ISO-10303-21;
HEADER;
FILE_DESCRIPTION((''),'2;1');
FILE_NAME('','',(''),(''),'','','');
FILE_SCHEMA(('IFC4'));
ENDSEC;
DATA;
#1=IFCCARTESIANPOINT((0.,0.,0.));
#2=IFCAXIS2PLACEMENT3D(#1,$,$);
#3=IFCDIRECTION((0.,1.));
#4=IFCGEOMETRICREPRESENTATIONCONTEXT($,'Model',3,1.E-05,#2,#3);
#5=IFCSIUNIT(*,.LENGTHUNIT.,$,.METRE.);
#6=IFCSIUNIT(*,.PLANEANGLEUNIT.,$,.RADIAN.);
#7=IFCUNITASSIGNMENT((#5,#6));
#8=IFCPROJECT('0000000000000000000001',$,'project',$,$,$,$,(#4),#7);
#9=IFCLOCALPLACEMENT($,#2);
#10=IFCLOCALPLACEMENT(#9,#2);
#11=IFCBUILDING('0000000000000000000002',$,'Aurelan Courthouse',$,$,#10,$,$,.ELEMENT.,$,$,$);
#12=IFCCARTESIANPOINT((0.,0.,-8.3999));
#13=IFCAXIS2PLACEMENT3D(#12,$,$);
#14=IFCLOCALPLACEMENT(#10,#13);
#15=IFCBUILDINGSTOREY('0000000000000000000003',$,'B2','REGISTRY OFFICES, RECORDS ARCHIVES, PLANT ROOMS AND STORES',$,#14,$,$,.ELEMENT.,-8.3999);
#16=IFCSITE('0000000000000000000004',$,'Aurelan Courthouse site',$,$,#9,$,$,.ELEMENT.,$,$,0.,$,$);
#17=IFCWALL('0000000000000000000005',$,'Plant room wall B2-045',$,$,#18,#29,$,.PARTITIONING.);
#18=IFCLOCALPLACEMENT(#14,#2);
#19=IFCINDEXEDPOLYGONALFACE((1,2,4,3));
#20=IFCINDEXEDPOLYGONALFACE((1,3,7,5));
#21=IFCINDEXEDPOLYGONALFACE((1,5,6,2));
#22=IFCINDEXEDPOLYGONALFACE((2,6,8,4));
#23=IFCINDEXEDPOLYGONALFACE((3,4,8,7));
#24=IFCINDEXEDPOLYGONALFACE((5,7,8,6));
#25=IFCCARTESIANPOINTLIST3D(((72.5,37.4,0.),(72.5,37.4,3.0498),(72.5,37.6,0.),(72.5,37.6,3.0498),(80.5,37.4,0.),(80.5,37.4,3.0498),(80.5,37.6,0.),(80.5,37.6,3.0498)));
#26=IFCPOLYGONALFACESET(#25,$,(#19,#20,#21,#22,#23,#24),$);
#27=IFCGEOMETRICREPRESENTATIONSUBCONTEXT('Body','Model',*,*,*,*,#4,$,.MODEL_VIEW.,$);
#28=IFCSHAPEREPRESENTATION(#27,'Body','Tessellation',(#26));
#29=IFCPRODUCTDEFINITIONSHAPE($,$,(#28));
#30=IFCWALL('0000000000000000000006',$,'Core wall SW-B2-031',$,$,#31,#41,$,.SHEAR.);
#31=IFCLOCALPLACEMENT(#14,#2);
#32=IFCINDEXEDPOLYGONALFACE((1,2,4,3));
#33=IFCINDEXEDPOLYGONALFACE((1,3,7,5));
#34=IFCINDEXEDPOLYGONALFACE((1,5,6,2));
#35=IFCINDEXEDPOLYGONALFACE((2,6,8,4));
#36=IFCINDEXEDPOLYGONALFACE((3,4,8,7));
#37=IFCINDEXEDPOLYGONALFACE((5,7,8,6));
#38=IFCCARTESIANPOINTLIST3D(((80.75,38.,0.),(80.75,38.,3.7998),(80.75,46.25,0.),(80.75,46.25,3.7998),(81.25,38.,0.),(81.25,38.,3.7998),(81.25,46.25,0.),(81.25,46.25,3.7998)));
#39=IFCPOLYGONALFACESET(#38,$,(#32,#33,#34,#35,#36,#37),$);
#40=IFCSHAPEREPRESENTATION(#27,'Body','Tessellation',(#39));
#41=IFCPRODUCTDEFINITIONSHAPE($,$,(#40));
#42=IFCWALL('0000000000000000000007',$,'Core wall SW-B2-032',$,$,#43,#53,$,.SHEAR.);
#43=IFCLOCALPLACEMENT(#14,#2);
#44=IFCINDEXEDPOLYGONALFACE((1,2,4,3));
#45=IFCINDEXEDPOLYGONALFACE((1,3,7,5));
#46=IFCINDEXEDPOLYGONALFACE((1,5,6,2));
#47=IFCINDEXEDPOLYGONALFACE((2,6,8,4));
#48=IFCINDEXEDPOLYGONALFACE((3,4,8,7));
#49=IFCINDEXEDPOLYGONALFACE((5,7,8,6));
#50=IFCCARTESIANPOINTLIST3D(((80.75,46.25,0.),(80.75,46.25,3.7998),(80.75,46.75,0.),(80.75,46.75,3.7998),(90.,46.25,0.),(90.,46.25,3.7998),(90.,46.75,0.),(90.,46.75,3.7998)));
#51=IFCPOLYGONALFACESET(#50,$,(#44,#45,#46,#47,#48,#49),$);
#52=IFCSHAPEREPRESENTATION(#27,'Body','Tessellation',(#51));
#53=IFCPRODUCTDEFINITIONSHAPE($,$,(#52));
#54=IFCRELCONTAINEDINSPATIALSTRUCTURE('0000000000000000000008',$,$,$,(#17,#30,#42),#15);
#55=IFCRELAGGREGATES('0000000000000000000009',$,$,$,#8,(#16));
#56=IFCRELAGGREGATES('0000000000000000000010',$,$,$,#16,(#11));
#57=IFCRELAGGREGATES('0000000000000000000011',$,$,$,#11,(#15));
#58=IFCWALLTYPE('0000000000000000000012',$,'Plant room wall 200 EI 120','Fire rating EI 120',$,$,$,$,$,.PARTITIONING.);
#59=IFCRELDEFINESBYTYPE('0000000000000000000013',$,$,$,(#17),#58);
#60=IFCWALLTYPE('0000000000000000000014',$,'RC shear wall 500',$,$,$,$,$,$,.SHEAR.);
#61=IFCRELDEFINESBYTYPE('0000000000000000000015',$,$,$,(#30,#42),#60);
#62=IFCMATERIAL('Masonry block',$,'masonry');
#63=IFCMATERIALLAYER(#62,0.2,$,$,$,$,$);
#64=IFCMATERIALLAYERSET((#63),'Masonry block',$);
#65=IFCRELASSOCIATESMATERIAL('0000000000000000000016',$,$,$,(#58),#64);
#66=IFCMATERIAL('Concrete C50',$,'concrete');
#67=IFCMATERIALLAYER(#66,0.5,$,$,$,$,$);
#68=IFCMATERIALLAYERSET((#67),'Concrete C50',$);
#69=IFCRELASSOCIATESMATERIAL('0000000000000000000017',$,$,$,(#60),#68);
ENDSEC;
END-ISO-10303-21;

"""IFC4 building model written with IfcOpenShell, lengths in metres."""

from ifc_helpers import new_model, si_unit, direction, frame, frame_2d, origin, place, context, subcontext, project, spatial, rectangle, extrude, material, layer, layer_set, type_object, element, save


model = new_model("IFC4")

# Units and contexts
model_context = context("Model", 3, precision=1e-05, world=origin(), true_north=direction((0.0, 1.0)))
body_context = subcontext(model_context, "Body", "Model", "MODEL_VIEW")
ifc_project = project(units=[si_unit("LENGTHUNIT", "METRE"), si_unit("PLANEANGLEUNIT", "RADIAN")], contexts=[model_context])

# Site, building, storey
site_placement = place(None, origin())
site = spatial("IfcSite", under=ifc_project, at=site_placement, Name="Aurelan Courthouse site", CompositionType="ELEMENT", RefElevation=0.0)
building_placement = place(site_placement, origin())
building = spatial("IfcBuilding", under=site, at=building_placement, Name="Aurelan Courthouse", CompositionType="ELEMENT")
storey_placement = place(building_placement, frame((0.0, 0.0, -8.3999)))
storey = spatial("IfcBuildingStorey", under=building, at=storey_placement, Name="B2", Description="REGISTRY OFFICES, RECORDS ARCHIVES, PLANT ROOMS AND STORES", CompositionType="ELEMENT", Elevation=-8.3999)

# Shared definitions
ifc_material_1 = material(Name="Concrete C50", Category="concrete")

# Walls
ifc_material_2 = material(Name="Masonry block", Category="masonry")
ifc_layer_1 = layer(ifc_material_2, 0.2)
ifc_layer_set_1 = layer_set([ifc_layer_1], Name="Masonry block")
wall_type_1 = type_object("IfcWallType", Name="Plant room wall 200 EI 120", Description="Fire rating EI 120", PredefinedType="PARTITIONING", material=ifc_layer_set_1)
wall_1_placement = place(storey_placement, frame((72.5, 37.5, 0.0), z_axis=(0.0, 0.0, 1.0), x_axis=(1.0, 0.0, 0.0)))
element("IfcWall", 1, at=wall_1_placement, inside=storey, type_object=wall_type_1, Name="Plant room wall B2-045", PredefinedType="PARTITIONING", context=body_context, shape_type="SweptSolid", body=[
    extrude(rectangle(XDim=8.0, YDim=0.2, at=frame_2d((4.0, 0.0))), origin(), (0.0, 0.0, 1.0), 3.0498),
])
ifc_layer_2 = layer(ifc_material_1, 0.5)
ifc_layer_set_2 = layer_set([ifc_layer_2], Name="Concrete C50")
wall_type_2 = type_object("IfcWallType", Name="RC shear wall 500", PredefinedType="SHEAR", material=ifc_layer_set_2)
wall_2_placement = place(storey_placement, frame((81.0, 38.0, 0.0), z_axis=(0.0, 0.0, 1.0), x_axis=(0.0, 1.0, 0.0)))
element("IfcWall", 2, at=wall_2_placement, inside=storey, type_object=wall_type_2, Name="Core wall SW-B2-031", PredefinedType="SHEAR", context=body_context, shape_type="SweptSolid", body=[
    extrude(rectangle(XDim=8.25, YDim=0.5, at=frame_2d((4.125, 0.0))), origin(), (0.0, 0.0, 1.0), 3.7998),
])
wall_3_placement = place(storey_placement, frame((80.75, 46.5, 0.0), z_axis=(0.0, 0.0, 1.0), x_axis=(1.0, 0.0, 0.0)))
element("IfcWall", 3, at=wall_3_placement, inside=storey, type_object=wall_type_2, Name="Core wall SW-B2-032", PredefinedType="SHEAR", context=body_context, shape_type="SweptSolid", body=[
    extrude(rectangle(XDim=9.25, YDim=0.5, at=frame_2d((4.625, 0.0))), origin(), (0.0, 0.0, 1.0), 3.7998),
])

save(model, "model.ifc")
